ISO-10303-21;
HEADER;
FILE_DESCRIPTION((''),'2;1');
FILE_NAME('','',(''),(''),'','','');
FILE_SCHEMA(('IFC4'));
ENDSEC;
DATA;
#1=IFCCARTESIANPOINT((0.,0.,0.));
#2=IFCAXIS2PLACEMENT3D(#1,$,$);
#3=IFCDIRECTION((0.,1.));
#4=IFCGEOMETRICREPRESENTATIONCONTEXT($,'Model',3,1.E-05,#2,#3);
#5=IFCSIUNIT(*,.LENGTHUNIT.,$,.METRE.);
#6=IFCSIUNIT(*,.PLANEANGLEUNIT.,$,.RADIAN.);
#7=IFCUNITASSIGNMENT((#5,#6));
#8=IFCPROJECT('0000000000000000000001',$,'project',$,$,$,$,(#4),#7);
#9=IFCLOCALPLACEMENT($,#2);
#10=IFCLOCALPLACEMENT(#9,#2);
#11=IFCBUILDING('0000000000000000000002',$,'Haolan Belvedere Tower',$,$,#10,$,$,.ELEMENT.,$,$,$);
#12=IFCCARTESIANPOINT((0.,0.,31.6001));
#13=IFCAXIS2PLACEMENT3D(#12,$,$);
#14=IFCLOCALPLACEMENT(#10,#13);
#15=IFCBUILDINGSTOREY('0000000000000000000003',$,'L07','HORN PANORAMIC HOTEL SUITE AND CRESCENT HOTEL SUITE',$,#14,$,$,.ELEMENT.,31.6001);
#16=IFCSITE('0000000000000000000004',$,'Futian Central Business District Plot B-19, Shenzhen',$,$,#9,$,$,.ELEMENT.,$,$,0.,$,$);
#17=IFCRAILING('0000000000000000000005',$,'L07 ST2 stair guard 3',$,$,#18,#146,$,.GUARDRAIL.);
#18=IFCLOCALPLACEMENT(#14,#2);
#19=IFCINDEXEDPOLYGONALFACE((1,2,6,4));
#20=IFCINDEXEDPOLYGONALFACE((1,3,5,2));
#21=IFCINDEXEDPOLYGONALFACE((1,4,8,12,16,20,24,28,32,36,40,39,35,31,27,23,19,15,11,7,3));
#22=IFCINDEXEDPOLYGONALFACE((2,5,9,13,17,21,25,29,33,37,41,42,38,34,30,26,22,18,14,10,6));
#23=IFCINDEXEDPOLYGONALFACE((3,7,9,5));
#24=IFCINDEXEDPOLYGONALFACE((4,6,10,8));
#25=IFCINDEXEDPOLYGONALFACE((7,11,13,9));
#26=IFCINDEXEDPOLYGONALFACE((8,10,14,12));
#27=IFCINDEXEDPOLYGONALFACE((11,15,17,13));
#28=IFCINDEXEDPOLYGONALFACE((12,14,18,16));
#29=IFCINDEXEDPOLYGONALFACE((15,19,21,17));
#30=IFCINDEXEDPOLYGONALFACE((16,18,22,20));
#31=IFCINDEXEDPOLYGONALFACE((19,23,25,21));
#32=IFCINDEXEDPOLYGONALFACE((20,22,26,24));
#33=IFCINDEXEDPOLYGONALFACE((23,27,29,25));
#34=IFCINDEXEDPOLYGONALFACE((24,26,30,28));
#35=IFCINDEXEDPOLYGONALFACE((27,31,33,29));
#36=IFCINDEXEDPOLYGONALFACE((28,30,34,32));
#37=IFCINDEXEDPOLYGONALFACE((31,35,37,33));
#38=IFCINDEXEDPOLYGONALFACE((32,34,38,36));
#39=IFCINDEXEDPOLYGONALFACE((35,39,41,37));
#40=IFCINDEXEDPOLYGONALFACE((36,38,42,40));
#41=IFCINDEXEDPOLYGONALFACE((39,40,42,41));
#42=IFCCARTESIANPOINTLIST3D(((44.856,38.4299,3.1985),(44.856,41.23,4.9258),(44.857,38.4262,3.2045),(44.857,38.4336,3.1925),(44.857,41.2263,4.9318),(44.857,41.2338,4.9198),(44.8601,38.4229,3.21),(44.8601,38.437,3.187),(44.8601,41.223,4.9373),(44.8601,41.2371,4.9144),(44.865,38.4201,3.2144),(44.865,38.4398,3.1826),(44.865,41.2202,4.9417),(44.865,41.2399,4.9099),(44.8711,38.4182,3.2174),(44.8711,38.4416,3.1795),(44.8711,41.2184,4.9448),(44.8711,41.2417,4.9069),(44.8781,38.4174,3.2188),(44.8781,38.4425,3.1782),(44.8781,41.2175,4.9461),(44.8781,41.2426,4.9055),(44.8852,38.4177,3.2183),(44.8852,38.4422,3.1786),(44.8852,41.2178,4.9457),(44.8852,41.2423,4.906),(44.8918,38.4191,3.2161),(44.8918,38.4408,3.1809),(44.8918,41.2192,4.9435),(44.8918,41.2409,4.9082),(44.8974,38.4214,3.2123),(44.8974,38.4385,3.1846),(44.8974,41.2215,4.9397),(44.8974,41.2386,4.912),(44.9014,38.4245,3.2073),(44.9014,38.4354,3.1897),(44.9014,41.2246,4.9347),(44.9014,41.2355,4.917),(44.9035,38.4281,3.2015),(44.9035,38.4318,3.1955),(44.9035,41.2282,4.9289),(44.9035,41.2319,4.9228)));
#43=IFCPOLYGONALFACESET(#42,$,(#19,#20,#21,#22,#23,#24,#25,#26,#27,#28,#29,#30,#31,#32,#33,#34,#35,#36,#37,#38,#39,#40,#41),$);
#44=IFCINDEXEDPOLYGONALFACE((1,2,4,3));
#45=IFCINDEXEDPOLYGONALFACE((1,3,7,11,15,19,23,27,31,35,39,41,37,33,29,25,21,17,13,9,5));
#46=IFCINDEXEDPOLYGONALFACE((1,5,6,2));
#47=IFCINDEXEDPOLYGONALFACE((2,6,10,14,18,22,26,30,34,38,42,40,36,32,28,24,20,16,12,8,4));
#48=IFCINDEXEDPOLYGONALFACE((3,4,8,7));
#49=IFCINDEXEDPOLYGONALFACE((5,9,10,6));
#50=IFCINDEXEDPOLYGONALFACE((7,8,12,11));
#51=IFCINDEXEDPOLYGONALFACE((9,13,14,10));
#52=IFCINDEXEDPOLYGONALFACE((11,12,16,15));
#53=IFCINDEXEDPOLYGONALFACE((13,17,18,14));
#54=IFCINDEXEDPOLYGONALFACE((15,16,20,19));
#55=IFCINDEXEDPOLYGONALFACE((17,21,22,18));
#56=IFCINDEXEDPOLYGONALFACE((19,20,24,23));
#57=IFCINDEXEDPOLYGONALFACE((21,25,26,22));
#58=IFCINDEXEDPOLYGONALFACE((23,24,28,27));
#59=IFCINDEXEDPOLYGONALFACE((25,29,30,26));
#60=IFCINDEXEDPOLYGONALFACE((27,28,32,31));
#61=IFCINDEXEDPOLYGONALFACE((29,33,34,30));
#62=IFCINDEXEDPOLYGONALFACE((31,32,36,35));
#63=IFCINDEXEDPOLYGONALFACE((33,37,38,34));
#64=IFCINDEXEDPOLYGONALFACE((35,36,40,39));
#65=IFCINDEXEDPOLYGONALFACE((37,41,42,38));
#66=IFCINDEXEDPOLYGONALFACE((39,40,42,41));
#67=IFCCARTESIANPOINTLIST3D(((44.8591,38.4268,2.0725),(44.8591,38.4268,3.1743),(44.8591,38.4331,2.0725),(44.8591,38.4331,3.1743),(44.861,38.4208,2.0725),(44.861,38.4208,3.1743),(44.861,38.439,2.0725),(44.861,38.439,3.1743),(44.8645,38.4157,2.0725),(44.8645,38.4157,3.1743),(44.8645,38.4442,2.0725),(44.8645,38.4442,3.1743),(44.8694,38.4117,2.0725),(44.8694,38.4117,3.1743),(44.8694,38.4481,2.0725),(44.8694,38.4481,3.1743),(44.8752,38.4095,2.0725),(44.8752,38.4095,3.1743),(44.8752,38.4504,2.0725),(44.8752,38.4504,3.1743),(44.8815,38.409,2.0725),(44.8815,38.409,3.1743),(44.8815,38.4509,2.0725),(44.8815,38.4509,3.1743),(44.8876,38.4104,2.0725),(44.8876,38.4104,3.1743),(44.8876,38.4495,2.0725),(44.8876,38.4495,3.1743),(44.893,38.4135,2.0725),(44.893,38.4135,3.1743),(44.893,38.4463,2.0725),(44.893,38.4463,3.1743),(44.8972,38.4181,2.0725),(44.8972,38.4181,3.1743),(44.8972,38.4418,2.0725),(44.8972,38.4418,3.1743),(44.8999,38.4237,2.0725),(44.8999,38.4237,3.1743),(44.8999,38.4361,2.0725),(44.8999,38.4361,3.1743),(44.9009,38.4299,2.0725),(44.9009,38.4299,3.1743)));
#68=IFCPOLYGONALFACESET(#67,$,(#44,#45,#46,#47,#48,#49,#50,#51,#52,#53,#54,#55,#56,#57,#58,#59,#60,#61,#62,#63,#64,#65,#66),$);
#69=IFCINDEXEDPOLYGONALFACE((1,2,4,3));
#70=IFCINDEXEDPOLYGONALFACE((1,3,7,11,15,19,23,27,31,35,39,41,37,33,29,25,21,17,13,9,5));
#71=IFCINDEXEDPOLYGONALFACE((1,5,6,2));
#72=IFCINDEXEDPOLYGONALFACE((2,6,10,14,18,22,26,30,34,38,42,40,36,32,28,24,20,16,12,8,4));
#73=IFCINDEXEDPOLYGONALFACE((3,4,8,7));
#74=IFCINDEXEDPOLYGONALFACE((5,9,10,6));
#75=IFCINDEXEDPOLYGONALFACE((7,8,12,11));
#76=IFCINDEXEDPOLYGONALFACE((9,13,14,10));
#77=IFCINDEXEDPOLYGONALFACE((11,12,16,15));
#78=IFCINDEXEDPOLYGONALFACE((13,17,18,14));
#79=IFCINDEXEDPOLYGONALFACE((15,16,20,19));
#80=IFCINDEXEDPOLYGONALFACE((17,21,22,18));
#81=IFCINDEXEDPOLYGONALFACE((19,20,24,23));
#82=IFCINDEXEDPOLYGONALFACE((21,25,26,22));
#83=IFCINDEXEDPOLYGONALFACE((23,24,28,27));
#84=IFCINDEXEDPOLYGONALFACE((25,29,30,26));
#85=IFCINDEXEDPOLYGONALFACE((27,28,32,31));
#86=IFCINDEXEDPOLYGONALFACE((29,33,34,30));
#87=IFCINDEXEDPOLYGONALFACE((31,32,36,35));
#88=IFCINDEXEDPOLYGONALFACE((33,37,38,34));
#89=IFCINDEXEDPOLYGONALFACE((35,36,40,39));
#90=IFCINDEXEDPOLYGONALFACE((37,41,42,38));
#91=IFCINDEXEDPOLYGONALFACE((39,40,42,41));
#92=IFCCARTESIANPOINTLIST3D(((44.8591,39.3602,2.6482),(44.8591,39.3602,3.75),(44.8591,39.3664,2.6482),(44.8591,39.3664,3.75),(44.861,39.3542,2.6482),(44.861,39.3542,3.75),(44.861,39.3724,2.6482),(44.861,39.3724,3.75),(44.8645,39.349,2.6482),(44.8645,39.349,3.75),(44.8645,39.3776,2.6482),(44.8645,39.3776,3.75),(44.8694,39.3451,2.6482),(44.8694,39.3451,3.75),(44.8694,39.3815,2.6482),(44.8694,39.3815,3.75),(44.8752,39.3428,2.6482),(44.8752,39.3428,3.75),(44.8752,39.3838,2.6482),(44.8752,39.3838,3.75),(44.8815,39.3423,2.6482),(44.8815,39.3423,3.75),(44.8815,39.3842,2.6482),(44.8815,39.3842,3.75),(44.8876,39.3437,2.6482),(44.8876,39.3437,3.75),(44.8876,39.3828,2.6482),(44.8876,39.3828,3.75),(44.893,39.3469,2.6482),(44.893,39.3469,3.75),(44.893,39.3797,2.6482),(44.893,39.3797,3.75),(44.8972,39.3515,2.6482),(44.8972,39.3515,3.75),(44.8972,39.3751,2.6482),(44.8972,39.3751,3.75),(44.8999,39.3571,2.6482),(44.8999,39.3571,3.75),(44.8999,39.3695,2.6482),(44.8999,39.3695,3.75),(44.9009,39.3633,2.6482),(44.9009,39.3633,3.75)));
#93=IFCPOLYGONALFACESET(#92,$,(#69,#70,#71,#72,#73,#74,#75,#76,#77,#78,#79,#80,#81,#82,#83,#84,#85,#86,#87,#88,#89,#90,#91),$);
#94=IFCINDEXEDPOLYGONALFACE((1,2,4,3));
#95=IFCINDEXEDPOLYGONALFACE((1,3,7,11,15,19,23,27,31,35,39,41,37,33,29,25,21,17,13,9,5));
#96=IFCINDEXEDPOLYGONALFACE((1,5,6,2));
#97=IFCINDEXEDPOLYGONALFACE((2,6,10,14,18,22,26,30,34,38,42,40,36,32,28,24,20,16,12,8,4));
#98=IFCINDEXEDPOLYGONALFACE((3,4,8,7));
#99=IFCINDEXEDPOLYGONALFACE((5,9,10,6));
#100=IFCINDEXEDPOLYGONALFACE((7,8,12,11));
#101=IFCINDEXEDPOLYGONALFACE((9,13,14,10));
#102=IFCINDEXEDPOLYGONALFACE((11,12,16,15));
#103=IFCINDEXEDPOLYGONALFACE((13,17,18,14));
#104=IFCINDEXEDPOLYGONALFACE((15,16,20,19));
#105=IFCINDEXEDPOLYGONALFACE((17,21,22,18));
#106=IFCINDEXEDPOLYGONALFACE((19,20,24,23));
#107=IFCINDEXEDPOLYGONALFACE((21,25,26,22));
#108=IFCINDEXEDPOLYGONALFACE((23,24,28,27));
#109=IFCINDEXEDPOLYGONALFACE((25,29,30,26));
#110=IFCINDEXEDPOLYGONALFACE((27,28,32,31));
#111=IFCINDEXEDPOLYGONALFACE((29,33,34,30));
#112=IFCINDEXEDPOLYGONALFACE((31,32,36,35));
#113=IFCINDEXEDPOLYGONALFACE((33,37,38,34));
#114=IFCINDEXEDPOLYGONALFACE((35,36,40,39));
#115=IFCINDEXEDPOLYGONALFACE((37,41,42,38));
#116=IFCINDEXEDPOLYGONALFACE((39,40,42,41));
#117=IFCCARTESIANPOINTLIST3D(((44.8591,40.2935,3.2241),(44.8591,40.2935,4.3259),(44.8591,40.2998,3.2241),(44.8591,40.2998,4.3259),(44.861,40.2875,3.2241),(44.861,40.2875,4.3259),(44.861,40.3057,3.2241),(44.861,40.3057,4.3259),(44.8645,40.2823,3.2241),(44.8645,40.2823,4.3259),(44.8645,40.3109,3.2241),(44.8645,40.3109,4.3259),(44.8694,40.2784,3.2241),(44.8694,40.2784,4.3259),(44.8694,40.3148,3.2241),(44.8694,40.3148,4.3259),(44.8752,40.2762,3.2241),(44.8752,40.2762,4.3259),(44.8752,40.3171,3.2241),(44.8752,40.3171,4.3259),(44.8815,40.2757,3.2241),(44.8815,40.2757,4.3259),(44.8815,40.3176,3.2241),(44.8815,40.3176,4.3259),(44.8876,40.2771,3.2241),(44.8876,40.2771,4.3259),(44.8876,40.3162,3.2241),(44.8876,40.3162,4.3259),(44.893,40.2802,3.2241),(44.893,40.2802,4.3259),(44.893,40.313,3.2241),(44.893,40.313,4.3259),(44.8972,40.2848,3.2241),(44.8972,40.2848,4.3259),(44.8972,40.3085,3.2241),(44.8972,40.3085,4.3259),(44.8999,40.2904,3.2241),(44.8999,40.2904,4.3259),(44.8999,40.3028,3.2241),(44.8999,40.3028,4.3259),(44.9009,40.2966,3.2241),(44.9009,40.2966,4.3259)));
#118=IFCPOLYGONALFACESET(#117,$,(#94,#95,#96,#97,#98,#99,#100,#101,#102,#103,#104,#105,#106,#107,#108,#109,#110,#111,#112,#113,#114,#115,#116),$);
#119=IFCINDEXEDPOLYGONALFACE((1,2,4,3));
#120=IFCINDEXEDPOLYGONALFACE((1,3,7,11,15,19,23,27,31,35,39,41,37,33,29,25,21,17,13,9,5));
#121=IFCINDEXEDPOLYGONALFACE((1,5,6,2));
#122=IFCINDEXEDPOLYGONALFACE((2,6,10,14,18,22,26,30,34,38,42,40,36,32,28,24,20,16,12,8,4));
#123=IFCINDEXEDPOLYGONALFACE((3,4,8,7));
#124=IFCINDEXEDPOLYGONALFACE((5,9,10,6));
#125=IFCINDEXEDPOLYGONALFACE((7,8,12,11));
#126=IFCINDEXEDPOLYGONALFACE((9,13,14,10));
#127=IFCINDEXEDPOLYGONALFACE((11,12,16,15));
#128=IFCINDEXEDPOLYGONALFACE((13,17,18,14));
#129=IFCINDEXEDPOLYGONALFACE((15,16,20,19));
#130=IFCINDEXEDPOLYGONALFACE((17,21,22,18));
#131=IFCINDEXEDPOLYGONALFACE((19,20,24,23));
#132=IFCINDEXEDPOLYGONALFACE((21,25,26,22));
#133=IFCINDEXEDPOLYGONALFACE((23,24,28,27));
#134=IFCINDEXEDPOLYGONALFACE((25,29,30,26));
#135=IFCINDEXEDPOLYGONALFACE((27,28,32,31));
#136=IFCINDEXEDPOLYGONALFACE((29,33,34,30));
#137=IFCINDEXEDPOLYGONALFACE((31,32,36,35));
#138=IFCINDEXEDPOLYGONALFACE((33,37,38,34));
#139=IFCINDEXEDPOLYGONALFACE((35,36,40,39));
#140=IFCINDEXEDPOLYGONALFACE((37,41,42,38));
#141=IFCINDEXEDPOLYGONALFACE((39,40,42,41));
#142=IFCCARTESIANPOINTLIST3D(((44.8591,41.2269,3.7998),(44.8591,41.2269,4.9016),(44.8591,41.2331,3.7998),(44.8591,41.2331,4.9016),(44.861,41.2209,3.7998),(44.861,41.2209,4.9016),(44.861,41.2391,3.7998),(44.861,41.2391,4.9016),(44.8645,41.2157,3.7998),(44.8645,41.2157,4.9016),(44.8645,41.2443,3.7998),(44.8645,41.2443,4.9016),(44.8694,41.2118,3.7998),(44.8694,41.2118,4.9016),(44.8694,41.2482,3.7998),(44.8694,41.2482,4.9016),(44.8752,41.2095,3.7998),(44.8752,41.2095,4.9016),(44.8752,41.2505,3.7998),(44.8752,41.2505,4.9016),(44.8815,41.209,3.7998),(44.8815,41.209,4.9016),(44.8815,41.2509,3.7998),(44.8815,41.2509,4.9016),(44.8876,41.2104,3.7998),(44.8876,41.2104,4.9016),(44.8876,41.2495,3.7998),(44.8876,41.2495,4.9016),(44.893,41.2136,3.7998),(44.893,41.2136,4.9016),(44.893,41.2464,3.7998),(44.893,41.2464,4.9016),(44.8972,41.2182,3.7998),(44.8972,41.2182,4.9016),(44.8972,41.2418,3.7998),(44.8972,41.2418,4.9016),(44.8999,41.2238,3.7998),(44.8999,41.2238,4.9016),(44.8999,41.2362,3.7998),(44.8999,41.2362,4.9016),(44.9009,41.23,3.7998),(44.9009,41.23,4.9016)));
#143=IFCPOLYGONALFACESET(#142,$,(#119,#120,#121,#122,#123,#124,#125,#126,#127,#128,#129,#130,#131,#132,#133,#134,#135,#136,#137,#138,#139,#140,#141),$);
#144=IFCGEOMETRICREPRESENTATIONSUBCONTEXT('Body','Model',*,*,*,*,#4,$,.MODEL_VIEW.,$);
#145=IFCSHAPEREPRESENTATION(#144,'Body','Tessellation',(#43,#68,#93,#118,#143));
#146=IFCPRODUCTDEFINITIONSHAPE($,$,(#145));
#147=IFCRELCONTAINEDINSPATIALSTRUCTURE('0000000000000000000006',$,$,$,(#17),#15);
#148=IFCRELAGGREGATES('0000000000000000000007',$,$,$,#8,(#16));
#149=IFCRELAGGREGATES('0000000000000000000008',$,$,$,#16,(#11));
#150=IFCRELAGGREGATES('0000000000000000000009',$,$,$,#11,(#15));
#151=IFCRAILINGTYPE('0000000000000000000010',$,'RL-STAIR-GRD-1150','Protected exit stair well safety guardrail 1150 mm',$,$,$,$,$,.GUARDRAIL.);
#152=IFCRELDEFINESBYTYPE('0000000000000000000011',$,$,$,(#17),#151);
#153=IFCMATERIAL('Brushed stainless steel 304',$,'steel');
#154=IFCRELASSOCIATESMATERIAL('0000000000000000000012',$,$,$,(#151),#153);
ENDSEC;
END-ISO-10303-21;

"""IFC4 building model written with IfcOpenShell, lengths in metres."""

from ifc_helpers import new_model, si_unit, direction, frame, origin, origin_2d, place, context, subcontext, project, spatial, circle, extrude, material, type_object, element, save


model = new_model("IFC4")

# Units and contexts
model_context = context("Model", 3, precision=1e-05, world=origin(), true_north=direction((0.0, 1.0)))
body_context = subcontext(model_context, "Body", "Model", "MODEL_VIEW")
ifc_project = project(units=[si_unit("LENGTHUNIT", "METRE"), si_unit("PLANEANGLEUNIT", "RADIAN")], contexts=[model_context])

# Site, building, storey
site_placement = place(None, origin())
site = spatial("IfcSite", under=ifc_project, at=site_placement, Name="Futian Central Business District Plot B-19, Shenzhen", CompositionType="ELEMENT", RefElevation=0.0)
building_placement = place(site_placement, origin())
building = spatial("IfcBuilding", under=site, at=building_placement, Name="Haolan Belvedere Tower", CompositionType="ELEMENT")
storey_placement = place(building_placement, frame((0.0, 0.0, 31.6001)))
storey = spatial("IfcBuildingStorey", under=building, at=storey_placement, Name="L07", Description="HORN PANORAMIC HOTEL SUITE AND CRESCENT HOTEL SUITE", CompositionType="ELEMENT", Elevation=31.6001)

# Railing
ifc_material_1 = material(Name="Brushed stainless steel 304", Category="steel")
railing_type_1 = type_object("IfcRailingType", Name="RL-STAIR-GRD-1150", Description="Protected exit stair well safety guardrail 1150 mm", PredefinedType="GUARDRAIL", material=ifc_material_1)
railing_1_placement = place(storey_placement, frame((44.8799, 38.4299, 2.0725)))
element("IfcRailing", 1, at=railing_1_placement, inside=storey, type_object=railing_type_1, Name="L07 ST2 stair guard 3", PredefinedType="GUARDRAIL", context=body_context, shape_type="SweptSolid", body=[
    extrude(circle(Radius=0.0239, at=origin_2d()), frame((0.0, 0.0, 1.126), z_axis=(0.0, 0.85109, 0.52502), x_axis=(-1.0, 0.0, 0.0)), (0.0, 0.0, 1.0), 3.29),
    extrude(circle(Radius=0.021, at=origin_2d()), origin(), (0.0, 0.0, 1.0), 1.1018),
    extrude(circle(Radius=0.021, at=origin_2d()), frame((0.0, 0.9333, 0.5757)), (0.0, 0.0, 1.0), 1.1018),
    extrude(circle(Radius=0.021, at=origin_2d()), frame((0.0, 1.8667, 1.1516)), (0.0, 0.0, 1.0), 1.1018),
    extrude(circle(Radius=0.021, at=origin_2d()), frame((0.0, 2.8, 1.7273)), (0.0, 0.0, 1.0), 1.1018),
])

save(model, "model.ifc")
